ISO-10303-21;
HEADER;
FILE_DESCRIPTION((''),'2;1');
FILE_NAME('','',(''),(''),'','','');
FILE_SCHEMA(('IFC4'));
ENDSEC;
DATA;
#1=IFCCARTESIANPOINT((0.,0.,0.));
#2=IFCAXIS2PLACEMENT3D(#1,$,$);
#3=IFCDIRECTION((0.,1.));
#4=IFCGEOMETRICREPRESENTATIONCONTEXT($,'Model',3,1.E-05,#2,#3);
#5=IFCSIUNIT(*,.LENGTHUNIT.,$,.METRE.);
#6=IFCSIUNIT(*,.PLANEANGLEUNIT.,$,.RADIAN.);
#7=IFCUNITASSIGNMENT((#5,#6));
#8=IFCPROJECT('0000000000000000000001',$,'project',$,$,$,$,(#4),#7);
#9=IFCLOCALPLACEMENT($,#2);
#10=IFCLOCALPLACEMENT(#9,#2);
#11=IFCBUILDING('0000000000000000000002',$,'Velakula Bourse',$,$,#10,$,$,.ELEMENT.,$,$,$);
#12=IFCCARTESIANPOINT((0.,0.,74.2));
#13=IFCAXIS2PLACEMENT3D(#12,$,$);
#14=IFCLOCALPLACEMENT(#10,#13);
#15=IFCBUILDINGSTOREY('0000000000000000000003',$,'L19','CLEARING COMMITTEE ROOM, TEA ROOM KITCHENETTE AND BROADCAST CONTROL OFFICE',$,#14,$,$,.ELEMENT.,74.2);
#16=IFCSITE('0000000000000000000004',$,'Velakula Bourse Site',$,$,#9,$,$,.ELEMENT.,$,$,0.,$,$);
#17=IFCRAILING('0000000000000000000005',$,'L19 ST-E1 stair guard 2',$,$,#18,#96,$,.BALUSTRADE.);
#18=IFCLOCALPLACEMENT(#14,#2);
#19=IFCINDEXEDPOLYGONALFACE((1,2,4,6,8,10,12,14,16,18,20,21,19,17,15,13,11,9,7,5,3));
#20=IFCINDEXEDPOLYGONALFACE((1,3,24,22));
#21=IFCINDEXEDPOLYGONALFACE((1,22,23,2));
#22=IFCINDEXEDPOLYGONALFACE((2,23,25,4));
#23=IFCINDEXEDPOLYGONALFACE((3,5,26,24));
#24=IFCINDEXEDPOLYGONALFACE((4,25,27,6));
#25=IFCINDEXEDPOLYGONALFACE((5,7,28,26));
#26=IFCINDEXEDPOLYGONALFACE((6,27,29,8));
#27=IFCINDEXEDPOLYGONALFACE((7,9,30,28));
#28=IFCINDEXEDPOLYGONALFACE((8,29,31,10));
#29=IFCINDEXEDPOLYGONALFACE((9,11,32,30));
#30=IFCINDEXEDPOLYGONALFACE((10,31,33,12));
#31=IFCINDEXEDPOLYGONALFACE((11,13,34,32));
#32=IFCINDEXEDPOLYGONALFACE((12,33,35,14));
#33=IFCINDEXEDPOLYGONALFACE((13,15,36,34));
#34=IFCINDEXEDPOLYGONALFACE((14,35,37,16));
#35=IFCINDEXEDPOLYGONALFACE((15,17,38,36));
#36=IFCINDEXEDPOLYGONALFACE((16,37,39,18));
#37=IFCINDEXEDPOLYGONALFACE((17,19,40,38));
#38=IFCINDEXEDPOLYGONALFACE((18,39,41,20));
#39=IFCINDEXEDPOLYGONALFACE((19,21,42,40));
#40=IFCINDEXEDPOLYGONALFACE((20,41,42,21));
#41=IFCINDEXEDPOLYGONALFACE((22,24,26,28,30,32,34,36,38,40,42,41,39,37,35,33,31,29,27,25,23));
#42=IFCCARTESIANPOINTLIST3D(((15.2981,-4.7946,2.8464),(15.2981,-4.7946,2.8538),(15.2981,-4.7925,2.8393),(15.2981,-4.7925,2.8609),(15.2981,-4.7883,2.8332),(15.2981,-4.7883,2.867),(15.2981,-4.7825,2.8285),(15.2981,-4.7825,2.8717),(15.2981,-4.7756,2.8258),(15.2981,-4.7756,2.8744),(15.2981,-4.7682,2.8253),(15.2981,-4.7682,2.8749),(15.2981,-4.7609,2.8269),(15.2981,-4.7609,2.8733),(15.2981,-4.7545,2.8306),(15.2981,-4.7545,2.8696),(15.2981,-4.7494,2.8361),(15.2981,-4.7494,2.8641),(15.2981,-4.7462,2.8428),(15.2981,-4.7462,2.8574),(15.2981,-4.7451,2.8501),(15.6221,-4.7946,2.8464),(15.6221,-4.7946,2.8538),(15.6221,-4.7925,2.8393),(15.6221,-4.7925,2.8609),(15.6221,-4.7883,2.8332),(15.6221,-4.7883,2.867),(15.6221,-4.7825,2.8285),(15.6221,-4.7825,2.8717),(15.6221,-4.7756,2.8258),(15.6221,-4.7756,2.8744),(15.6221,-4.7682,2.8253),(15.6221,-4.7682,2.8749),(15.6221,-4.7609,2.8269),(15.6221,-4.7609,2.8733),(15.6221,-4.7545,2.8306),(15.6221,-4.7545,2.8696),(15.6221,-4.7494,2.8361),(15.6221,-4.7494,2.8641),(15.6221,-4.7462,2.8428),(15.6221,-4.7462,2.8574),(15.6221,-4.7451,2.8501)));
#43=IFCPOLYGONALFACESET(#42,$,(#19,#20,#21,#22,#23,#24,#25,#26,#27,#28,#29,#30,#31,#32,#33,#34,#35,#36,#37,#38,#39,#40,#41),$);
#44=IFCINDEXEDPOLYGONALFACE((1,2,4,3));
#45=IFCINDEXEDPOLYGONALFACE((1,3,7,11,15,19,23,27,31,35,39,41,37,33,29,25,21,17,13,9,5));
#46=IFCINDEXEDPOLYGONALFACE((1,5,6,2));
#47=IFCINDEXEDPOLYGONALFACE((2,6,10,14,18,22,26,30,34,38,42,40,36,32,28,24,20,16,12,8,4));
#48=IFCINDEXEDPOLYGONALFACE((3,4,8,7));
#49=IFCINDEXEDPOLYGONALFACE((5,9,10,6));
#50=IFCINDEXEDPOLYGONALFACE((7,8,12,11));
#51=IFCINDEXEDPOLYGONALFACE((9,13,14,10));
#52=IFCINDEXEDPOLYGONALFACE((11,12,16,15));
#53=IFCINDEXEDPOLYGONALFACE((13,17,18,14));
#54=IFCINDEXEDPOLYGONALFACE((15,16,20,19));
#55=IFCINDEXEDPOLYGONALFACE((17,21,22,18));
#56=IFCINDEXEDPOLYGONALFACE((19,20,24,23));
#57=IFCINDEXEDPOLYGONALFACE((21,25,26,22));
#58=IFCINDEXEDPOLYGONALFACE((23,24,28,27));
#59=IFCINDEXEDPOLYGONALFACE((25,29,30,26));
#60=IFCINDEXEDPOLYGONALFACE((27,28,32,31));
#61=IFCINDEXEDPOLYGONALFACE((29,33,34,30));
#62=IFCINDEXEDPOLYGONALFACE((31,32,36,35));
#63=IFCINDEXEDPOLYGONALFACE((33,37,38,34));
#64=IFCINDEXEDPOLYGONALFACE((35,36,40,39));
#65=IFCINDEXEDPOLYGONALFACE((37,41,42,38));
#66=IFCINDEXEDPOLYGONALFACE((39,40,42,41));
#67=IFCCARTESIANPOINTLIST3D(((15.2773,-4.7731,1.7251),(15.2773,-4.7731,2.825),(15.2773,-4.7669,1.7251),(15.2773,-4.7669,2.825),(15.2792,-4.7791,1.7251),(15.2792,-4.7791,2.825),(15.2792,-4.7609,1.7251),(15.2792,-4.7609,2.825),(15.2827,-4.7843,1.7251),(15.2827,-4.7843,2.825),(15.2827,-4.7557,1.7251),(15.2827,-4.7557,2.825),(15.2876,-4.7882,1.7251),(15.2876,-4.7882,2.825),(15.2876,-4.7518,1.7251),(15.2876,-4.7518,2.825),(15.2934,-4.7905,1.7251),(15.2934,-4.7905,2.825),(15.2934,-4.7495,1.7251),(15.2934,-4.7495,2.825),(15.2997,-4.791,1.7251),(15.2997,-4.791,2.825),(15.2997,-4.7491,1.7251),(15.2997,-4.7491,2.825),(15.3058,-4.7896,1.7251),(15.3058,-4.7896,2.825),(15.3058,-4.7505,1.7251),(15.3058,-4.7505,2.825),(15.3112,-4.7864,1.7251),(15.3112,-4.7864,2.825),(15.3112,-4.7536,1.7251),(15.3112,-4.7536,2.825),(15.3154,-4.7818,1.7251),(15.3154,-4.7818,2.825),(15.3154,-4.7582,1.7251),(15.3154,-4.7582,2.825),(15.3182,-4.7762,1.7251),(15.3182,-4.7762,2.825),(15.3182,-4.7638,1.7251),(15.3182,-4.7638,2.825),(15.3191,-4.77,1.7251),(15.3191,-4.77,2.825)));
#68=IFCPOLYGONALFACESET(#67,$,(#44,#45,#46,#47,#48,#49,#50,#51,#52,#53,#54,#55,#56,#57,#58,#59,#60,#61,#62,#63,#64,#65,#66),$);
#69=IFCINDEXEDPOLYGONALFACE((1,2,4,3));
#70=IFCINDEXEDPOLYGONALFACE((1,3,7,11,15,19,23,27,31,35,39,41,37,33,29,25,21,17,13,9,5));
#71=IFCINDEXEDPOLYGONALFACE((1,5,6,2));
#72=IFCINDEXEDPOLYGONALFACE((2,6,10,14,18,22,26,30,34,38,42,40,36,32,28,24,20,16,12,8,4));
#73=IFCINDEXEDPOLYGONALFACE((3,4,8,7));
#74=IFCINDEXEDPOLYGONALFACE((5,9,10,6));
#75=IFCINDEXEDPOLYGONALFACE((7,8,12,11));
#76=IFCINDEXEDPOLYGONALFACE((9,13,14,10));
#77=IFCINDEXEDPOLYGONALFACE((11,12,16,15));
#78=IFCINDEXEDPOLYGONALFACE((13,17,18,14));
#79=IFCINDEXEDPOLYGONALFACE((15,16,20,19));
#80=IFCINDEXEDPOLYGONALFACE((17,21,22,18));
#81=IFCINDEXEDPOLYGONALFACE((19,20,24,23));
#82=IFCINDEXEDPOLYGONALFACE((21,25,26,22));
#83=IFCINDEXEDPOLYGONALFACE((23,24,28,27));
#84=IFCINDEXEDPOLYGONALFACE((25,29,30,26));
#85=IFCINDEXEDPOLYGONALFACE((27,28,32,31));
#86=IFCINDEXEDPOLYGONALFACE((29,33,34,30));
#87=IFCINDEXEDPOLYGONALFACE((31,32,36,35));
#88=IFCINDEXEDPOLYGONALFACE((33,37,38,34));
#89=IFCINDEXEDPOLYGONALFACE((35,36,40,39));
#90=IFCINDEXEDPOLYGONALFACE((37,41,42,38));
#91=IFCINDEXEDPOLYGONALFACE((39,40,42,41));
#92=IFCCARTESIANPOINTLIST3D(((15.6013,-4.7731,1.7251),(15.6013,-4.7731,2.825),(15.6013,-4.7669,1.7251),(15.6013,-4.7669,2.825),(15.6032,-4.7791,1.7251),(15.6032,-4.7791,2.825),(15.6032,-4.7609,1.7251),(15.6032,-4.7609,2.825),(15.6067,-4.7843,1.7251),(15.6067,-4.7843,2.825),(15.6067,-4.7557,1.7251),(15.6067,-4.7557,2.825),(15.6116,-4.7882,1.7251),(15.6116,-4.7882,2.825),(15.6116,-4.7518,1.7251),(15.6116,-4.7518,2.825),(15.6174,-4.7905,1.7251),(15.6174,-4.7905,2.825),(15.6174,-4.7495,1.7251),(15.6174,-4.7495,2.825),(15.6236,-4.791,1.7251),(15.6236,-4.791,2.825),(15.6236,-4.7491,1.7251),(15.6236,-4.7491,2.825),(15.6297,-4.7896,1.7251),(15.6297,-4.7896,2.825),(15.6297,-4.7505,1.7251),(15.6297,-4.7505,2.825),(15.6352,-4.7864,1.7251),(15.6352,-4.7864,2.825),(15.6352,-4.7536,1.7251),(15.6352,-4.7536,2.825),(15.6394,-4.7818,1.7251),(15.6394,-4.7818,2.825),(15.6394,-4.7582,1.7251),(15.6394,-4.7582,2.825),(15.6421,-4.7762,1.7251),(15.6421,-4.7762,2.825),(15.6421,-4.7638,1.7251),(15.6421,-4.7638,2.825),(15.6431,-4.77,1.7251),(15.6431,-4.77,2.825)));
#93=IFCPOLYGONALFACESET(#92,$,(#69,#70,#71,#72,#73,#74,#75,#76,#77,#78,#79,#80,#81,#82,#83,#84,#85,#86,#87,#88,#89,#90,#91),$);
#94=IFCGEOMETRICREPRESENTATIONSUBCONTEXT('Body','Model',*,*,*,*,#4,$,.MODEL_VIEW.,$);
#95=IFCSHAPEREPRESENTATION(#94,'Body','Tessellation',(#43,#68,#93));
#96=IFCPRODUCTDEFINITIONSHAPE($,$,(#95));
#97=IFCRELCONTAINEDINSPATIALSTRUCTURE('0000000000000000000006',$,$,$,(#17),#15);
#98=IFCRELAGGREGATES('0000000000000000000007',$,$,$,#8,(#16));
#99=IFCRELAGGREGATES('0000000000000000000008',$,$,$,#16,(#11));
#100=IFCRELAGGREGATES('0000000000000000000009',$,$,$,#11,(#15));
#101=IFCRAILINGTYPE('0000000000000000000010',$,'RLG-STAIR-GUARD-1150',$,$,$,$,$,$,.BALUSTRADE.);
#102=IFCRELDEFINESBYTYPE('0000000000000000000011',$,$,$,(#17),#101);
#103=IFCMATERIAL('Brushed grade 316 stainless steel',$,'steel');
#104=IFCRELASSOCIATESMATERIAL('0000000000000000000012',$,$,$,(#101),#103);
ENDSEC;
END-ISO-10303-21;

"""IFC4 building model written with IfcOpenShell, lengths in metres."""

from ifc_helpers import new_model, si_unit, direction, frame, origin, origin_2d, place, context, subcontext, project, spatial, circle, extrude, material, type_object, element, save


model = new_model("IFC4")

# Units and contexts
model_context = context("Model", 3, precision=1e-05, world=origin(), true_north=direction((0.0, 1.0)))
body_context = subcontext(model_context, "Body", "Model", "MODEL_VIEW")
ifc_project = project(units=[si_unit("LENGTHUNIT", "METRE"), si_unit("PLANEANGLEUNIT", "RADIAN")], contexts=[model_context])

# Site, building, storey
site_placement = place(None, origin())
site = spatial("IfcSite", under=ifc_project, at=site_placement, Name="Velakula Bourse Site", CompositionType="ELEMENT", RefElevation=0.0)
building_placement = place(site_placement, origin())
building = spatial("IfcBuilding", under=site, at=building_placement, Name="Velakula Bourse", CompositionType="ELEMENT")
storey_placement = place(building_placement, frame((0.0, 0.0, 74.2)))
storey = spatial("IfcBuildingStorey", under=building, at=storey_placement, Name="L19", Description="CLEARING COMMITTEE ROOM, TEA ROOM KITCHENETTE AND BROADCAST CONTROL OFFICE", CompositionType="ELEMENT", Elevation=74.2)

# Shared definitions
ifc_material_1 = material(Name="Brushed grade 316 stainless steel", Category="steel")

# Railing
railing_type_1 = type_object("IfcRailingType", Name="RLG-STAIR-GUARD-1150", PredefinedType="BALUSTRADE", material=ifc_material_1)
railing_1_placement = place(storey_placement, frame((15.2981, -4.77, 1.7251)))
element("IfcRailing", 1, at=railing_1_placement, inside=storey, type_object=railing_type_1, Name="L19 ST-E1 stair guard 2", PredefinedType="BALUSTRADE", context=body_context, shape_type="SweptSolid", body=[
    extrude(circle(Radius=0.0249, at=origin_2d()), frame((0.0, 0.0, 1.125), z_axis=(1.0, 0.0, 0.0), x_axis=(0.0, 1.0, 0.0)), (0.0, 0.0, 1.0), 0.324),
    extrude(circle(Radius=0.021, at=origin_2d()), origin(), (0.0, 0.0, 1.0), 1.0999),
    extrude(circle(Radius=0.021, at=origin_2d()), frame((0.324, 0.0, 0.0)), (0.0, 0.0, 1.0), 1.0999),
])

save(model, "model.ifc")
